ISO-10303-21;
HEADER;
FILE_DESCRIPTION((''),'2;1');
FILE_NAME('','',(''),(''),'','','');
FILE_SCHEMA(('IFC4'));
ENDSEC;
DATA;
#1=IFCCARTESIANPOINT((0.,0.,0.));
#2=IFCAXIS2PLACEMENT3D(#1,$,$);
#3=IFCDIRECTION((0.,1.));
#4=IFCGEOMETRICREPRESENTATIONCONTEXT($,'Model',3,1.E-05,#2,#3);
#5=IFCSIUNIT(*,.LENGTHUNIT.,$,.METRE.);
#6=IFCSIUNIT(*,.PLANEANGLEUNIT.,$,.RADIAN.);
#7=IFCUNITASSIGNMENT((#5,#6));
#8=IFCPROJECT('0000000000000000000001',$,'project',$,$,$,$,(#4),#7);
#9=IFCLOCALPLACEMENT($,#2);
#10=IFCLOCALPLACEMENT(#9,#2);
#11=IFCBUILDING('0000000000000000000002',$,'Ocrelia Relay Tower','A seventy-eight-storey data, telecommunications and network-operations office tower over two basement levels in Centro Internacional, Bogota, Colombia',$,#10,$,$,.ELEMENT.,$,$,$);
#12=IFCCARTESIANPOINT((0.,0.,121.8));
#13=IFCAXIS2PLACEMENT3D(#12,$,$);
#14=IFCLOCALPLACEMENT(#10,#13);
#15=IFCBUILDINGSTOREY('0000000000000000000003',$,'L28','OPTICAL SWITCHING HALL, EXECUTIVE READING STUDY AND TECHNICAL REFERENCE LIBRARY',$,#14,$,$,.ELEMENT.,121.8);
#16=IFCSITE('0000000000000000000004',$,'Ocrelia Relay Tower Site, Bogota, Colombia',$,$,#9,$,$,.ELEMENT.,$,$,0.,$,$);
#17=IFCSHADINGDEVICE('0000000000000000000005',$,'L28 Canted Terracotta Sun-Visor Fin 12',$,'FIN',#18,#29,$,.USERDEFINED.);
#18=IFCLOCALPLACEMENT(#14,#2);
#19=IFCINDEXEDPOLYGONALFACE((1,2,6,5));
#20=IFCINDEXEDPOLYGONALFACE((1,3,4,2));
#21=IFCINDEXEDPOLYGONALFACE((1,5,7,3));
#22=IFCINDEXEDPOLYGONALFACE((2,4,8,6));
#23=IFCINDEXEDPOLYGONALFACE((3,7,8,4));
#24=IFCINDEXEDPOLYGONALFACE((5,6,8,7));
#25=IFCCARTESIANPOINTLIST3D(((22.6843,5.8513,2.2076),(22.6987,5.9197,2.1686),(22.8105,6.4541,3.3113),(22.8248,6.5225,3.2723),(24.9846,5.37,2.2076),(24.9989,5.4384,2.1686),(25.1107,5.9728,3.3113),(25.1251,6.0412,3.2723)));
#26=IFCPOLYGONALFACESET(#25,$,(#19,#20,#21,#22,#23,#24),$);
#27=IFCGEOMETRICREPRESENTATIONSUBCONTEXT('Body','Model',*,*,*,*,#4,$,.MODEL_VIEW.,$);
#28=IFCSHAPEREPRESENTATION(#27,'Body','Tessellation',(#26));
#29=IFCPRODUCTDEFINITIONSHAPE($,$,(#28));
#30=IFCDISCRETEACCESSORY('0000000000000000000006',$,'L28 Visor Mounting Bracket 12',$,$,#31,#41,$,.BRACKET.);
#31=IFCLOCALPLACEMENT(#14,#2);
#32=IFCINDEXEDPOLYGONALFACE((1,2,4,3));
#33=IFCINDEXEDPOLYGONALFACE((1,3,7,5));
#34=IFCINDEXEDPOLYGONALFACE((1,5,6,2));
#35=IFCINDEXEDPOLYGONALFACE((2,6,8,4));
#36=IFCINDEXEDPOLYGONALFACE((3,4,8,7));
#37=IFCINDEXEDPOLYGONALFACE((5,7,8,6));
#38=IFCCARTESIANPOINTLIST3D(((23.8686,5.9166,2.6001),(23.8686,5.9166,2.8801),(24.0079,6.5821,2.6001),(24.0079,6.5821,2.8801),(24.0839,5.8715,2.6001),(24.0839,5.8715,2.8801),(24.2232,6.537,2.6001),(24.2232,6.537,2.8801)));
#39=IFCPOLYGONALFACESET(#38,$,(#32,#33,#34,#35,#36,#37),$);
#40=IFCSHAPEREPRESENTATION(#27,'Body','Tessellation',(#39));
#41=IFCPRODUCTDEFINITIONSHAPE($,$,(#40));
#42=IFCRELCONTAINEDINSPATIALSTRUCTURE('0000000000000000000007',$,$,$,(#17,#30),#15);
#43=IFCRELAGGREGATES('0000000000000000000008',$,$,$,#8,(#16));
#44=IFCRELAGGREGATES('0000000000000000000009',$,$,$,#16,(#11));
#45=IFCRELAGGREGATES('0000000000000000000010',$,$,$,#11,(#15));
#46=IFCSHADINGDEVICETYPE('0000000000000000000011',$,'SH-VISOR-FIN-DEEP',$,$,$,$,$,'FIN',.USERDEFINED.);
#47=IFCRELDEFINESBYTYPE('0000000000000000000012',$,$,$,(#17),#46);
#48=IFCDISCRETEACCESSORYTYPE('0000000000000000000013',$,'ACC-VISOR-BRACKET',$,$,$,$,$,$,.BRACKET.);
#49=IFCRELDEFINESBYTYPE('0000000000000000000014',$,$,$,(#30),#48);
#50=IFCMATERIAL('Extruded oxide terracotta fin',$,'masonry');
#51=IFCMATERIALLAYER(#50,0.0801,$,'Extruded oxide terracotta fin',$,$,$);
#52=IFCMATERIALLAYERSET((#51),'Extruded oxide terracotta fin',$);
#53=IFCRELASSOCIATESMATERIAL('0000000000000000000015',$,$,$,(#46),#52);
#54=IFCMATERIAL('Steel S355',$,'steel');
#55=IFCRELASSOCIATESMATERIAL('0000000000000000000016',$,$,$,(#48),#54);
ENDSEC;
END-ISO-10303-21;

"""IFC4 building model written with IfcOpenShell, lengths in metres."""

from ifc_helpers import new_model, si_unit, direction, frame, origin, origin_2d, place, context, subcontext, project, spatial, rectangle, extrude, material, layer, layer_set, type_object, element, save


model = new_model("IFC4")

# Units and contexts
model_context = context("Model", 3, precision=1e-05, world=origin(), true_north=direction((0.0, 1.0)))
body_context = subcontext(model_context, "Body", "Model", "MODEL_VIEW")
ifc_project = project(units=[si_unit("LENGTHUNIT", "METRE"), si_unit("PLANEANGLEUNIT", "RADIAN")], contexts=[model_context])

# Site, building, storey
site_placement = place(None, origin())
site = spatial("IfcSite", under=ifc_project, at=site_placement, Name="Ocrelia Relay Tower Site, Bogota, Colombia", CompositionType="ELEMENT", RefElevation=0.0)
building_placement = place(site_placement, origin())
building = spatial("IfcBuilding", under=site, at=building_placement, Name="Ocrelia Relay Tower", Description="A seventy-eight-storey data, telecommunications and network-operations office tower over two basement levels in Centro Internacional, Bogota, Colombia", CompositionType="ELEMENT")
storey_placement = place(building_placement, frame((0.0, 0.0, 121.8)))
storey = spatial("IfcBuildingStorey", under=building, at=storey_placement, Name="L28", Description="OPTICAL SWITCHING HALL, EXECUTIVE READING STUDY AND TECHNICAL REFERENCE LIBRARY", CompositionType="ELEMENT", Elevation=121.8)

# Shared definitions
ifc_material_1 = material(Name="Steel S355", Category="steel")

# Shading device
ifc_material_2 = material(Name="Extruded oxide terracotta fin", Category="masonry")
ifc_layer_1 = layer(ifc_material_2, 0.0801, Name="Extruded oxide terracotta fin")
ifc_layer_set_1 = layer_set([ifc_layer_1], Name="Extruded oxide terracotta fin")
shading_device_type_1 = type_object("IfcShadingDeviceType", Name="SH-VISOR-FIN-DEEP", ElementType="FIN", PredefinedType="USERDEFINED", material=ifc_layer_set_1)
shading_device_1_placement = place(storey_placement, frame((23.9119, 5.9805, 2.7205), z_axis=(-0.178847, -0.854752, 0.48725), x_axis=(0.978803, -0.204803, 0.0)))
element("IfcShadingDevice", 1, at=shading_device_1_placement, inside=storey, type_object=shading_device_type_1, Name="L28 Canted Terracotta Sun-Visor Fin 12", ObjectType="FIN", PredefinedType="USERDEFINED", context=body_context, shape_type="SweptSolid", body=[
    extrude(rectangle(XDim=2.3501, YDim=1.2639, at=origin_2d()), origin(), (0.0, 0.0, 1.0), 0.0801),
])

# Discrete accessory
discrete_accessory_type = type_object("IfcDiscreteAccessoryType", Name="ACC-VISOR-BRACKET", PredefinedType="BRACKET", material=ifc_material_1)
discrete_accessory_placement = place(storey_placement, frame((24.0459, 6.2268, 2.6001), z_axis=(0.0, 0.0, 1.0), x_axis=(0.978803, -0.204803, 0.0)))
element("IfcDiscreteAccessory", 2, at=discrete_accessory_placement, inside=storey, type_object=discrete_accessory_type, Name="L28 Visor Mounting Bracket 12", PredefinedType="BRACKET", context=body_context, shape_type="SweptSolid", body=[
    extrude(rectangle(XDim=0.22, YDim=0.6799, at=origin_2d()), origin(), (0.0, 0.0, 1.0), 0.28),
])

save(model, "model.ifc")
